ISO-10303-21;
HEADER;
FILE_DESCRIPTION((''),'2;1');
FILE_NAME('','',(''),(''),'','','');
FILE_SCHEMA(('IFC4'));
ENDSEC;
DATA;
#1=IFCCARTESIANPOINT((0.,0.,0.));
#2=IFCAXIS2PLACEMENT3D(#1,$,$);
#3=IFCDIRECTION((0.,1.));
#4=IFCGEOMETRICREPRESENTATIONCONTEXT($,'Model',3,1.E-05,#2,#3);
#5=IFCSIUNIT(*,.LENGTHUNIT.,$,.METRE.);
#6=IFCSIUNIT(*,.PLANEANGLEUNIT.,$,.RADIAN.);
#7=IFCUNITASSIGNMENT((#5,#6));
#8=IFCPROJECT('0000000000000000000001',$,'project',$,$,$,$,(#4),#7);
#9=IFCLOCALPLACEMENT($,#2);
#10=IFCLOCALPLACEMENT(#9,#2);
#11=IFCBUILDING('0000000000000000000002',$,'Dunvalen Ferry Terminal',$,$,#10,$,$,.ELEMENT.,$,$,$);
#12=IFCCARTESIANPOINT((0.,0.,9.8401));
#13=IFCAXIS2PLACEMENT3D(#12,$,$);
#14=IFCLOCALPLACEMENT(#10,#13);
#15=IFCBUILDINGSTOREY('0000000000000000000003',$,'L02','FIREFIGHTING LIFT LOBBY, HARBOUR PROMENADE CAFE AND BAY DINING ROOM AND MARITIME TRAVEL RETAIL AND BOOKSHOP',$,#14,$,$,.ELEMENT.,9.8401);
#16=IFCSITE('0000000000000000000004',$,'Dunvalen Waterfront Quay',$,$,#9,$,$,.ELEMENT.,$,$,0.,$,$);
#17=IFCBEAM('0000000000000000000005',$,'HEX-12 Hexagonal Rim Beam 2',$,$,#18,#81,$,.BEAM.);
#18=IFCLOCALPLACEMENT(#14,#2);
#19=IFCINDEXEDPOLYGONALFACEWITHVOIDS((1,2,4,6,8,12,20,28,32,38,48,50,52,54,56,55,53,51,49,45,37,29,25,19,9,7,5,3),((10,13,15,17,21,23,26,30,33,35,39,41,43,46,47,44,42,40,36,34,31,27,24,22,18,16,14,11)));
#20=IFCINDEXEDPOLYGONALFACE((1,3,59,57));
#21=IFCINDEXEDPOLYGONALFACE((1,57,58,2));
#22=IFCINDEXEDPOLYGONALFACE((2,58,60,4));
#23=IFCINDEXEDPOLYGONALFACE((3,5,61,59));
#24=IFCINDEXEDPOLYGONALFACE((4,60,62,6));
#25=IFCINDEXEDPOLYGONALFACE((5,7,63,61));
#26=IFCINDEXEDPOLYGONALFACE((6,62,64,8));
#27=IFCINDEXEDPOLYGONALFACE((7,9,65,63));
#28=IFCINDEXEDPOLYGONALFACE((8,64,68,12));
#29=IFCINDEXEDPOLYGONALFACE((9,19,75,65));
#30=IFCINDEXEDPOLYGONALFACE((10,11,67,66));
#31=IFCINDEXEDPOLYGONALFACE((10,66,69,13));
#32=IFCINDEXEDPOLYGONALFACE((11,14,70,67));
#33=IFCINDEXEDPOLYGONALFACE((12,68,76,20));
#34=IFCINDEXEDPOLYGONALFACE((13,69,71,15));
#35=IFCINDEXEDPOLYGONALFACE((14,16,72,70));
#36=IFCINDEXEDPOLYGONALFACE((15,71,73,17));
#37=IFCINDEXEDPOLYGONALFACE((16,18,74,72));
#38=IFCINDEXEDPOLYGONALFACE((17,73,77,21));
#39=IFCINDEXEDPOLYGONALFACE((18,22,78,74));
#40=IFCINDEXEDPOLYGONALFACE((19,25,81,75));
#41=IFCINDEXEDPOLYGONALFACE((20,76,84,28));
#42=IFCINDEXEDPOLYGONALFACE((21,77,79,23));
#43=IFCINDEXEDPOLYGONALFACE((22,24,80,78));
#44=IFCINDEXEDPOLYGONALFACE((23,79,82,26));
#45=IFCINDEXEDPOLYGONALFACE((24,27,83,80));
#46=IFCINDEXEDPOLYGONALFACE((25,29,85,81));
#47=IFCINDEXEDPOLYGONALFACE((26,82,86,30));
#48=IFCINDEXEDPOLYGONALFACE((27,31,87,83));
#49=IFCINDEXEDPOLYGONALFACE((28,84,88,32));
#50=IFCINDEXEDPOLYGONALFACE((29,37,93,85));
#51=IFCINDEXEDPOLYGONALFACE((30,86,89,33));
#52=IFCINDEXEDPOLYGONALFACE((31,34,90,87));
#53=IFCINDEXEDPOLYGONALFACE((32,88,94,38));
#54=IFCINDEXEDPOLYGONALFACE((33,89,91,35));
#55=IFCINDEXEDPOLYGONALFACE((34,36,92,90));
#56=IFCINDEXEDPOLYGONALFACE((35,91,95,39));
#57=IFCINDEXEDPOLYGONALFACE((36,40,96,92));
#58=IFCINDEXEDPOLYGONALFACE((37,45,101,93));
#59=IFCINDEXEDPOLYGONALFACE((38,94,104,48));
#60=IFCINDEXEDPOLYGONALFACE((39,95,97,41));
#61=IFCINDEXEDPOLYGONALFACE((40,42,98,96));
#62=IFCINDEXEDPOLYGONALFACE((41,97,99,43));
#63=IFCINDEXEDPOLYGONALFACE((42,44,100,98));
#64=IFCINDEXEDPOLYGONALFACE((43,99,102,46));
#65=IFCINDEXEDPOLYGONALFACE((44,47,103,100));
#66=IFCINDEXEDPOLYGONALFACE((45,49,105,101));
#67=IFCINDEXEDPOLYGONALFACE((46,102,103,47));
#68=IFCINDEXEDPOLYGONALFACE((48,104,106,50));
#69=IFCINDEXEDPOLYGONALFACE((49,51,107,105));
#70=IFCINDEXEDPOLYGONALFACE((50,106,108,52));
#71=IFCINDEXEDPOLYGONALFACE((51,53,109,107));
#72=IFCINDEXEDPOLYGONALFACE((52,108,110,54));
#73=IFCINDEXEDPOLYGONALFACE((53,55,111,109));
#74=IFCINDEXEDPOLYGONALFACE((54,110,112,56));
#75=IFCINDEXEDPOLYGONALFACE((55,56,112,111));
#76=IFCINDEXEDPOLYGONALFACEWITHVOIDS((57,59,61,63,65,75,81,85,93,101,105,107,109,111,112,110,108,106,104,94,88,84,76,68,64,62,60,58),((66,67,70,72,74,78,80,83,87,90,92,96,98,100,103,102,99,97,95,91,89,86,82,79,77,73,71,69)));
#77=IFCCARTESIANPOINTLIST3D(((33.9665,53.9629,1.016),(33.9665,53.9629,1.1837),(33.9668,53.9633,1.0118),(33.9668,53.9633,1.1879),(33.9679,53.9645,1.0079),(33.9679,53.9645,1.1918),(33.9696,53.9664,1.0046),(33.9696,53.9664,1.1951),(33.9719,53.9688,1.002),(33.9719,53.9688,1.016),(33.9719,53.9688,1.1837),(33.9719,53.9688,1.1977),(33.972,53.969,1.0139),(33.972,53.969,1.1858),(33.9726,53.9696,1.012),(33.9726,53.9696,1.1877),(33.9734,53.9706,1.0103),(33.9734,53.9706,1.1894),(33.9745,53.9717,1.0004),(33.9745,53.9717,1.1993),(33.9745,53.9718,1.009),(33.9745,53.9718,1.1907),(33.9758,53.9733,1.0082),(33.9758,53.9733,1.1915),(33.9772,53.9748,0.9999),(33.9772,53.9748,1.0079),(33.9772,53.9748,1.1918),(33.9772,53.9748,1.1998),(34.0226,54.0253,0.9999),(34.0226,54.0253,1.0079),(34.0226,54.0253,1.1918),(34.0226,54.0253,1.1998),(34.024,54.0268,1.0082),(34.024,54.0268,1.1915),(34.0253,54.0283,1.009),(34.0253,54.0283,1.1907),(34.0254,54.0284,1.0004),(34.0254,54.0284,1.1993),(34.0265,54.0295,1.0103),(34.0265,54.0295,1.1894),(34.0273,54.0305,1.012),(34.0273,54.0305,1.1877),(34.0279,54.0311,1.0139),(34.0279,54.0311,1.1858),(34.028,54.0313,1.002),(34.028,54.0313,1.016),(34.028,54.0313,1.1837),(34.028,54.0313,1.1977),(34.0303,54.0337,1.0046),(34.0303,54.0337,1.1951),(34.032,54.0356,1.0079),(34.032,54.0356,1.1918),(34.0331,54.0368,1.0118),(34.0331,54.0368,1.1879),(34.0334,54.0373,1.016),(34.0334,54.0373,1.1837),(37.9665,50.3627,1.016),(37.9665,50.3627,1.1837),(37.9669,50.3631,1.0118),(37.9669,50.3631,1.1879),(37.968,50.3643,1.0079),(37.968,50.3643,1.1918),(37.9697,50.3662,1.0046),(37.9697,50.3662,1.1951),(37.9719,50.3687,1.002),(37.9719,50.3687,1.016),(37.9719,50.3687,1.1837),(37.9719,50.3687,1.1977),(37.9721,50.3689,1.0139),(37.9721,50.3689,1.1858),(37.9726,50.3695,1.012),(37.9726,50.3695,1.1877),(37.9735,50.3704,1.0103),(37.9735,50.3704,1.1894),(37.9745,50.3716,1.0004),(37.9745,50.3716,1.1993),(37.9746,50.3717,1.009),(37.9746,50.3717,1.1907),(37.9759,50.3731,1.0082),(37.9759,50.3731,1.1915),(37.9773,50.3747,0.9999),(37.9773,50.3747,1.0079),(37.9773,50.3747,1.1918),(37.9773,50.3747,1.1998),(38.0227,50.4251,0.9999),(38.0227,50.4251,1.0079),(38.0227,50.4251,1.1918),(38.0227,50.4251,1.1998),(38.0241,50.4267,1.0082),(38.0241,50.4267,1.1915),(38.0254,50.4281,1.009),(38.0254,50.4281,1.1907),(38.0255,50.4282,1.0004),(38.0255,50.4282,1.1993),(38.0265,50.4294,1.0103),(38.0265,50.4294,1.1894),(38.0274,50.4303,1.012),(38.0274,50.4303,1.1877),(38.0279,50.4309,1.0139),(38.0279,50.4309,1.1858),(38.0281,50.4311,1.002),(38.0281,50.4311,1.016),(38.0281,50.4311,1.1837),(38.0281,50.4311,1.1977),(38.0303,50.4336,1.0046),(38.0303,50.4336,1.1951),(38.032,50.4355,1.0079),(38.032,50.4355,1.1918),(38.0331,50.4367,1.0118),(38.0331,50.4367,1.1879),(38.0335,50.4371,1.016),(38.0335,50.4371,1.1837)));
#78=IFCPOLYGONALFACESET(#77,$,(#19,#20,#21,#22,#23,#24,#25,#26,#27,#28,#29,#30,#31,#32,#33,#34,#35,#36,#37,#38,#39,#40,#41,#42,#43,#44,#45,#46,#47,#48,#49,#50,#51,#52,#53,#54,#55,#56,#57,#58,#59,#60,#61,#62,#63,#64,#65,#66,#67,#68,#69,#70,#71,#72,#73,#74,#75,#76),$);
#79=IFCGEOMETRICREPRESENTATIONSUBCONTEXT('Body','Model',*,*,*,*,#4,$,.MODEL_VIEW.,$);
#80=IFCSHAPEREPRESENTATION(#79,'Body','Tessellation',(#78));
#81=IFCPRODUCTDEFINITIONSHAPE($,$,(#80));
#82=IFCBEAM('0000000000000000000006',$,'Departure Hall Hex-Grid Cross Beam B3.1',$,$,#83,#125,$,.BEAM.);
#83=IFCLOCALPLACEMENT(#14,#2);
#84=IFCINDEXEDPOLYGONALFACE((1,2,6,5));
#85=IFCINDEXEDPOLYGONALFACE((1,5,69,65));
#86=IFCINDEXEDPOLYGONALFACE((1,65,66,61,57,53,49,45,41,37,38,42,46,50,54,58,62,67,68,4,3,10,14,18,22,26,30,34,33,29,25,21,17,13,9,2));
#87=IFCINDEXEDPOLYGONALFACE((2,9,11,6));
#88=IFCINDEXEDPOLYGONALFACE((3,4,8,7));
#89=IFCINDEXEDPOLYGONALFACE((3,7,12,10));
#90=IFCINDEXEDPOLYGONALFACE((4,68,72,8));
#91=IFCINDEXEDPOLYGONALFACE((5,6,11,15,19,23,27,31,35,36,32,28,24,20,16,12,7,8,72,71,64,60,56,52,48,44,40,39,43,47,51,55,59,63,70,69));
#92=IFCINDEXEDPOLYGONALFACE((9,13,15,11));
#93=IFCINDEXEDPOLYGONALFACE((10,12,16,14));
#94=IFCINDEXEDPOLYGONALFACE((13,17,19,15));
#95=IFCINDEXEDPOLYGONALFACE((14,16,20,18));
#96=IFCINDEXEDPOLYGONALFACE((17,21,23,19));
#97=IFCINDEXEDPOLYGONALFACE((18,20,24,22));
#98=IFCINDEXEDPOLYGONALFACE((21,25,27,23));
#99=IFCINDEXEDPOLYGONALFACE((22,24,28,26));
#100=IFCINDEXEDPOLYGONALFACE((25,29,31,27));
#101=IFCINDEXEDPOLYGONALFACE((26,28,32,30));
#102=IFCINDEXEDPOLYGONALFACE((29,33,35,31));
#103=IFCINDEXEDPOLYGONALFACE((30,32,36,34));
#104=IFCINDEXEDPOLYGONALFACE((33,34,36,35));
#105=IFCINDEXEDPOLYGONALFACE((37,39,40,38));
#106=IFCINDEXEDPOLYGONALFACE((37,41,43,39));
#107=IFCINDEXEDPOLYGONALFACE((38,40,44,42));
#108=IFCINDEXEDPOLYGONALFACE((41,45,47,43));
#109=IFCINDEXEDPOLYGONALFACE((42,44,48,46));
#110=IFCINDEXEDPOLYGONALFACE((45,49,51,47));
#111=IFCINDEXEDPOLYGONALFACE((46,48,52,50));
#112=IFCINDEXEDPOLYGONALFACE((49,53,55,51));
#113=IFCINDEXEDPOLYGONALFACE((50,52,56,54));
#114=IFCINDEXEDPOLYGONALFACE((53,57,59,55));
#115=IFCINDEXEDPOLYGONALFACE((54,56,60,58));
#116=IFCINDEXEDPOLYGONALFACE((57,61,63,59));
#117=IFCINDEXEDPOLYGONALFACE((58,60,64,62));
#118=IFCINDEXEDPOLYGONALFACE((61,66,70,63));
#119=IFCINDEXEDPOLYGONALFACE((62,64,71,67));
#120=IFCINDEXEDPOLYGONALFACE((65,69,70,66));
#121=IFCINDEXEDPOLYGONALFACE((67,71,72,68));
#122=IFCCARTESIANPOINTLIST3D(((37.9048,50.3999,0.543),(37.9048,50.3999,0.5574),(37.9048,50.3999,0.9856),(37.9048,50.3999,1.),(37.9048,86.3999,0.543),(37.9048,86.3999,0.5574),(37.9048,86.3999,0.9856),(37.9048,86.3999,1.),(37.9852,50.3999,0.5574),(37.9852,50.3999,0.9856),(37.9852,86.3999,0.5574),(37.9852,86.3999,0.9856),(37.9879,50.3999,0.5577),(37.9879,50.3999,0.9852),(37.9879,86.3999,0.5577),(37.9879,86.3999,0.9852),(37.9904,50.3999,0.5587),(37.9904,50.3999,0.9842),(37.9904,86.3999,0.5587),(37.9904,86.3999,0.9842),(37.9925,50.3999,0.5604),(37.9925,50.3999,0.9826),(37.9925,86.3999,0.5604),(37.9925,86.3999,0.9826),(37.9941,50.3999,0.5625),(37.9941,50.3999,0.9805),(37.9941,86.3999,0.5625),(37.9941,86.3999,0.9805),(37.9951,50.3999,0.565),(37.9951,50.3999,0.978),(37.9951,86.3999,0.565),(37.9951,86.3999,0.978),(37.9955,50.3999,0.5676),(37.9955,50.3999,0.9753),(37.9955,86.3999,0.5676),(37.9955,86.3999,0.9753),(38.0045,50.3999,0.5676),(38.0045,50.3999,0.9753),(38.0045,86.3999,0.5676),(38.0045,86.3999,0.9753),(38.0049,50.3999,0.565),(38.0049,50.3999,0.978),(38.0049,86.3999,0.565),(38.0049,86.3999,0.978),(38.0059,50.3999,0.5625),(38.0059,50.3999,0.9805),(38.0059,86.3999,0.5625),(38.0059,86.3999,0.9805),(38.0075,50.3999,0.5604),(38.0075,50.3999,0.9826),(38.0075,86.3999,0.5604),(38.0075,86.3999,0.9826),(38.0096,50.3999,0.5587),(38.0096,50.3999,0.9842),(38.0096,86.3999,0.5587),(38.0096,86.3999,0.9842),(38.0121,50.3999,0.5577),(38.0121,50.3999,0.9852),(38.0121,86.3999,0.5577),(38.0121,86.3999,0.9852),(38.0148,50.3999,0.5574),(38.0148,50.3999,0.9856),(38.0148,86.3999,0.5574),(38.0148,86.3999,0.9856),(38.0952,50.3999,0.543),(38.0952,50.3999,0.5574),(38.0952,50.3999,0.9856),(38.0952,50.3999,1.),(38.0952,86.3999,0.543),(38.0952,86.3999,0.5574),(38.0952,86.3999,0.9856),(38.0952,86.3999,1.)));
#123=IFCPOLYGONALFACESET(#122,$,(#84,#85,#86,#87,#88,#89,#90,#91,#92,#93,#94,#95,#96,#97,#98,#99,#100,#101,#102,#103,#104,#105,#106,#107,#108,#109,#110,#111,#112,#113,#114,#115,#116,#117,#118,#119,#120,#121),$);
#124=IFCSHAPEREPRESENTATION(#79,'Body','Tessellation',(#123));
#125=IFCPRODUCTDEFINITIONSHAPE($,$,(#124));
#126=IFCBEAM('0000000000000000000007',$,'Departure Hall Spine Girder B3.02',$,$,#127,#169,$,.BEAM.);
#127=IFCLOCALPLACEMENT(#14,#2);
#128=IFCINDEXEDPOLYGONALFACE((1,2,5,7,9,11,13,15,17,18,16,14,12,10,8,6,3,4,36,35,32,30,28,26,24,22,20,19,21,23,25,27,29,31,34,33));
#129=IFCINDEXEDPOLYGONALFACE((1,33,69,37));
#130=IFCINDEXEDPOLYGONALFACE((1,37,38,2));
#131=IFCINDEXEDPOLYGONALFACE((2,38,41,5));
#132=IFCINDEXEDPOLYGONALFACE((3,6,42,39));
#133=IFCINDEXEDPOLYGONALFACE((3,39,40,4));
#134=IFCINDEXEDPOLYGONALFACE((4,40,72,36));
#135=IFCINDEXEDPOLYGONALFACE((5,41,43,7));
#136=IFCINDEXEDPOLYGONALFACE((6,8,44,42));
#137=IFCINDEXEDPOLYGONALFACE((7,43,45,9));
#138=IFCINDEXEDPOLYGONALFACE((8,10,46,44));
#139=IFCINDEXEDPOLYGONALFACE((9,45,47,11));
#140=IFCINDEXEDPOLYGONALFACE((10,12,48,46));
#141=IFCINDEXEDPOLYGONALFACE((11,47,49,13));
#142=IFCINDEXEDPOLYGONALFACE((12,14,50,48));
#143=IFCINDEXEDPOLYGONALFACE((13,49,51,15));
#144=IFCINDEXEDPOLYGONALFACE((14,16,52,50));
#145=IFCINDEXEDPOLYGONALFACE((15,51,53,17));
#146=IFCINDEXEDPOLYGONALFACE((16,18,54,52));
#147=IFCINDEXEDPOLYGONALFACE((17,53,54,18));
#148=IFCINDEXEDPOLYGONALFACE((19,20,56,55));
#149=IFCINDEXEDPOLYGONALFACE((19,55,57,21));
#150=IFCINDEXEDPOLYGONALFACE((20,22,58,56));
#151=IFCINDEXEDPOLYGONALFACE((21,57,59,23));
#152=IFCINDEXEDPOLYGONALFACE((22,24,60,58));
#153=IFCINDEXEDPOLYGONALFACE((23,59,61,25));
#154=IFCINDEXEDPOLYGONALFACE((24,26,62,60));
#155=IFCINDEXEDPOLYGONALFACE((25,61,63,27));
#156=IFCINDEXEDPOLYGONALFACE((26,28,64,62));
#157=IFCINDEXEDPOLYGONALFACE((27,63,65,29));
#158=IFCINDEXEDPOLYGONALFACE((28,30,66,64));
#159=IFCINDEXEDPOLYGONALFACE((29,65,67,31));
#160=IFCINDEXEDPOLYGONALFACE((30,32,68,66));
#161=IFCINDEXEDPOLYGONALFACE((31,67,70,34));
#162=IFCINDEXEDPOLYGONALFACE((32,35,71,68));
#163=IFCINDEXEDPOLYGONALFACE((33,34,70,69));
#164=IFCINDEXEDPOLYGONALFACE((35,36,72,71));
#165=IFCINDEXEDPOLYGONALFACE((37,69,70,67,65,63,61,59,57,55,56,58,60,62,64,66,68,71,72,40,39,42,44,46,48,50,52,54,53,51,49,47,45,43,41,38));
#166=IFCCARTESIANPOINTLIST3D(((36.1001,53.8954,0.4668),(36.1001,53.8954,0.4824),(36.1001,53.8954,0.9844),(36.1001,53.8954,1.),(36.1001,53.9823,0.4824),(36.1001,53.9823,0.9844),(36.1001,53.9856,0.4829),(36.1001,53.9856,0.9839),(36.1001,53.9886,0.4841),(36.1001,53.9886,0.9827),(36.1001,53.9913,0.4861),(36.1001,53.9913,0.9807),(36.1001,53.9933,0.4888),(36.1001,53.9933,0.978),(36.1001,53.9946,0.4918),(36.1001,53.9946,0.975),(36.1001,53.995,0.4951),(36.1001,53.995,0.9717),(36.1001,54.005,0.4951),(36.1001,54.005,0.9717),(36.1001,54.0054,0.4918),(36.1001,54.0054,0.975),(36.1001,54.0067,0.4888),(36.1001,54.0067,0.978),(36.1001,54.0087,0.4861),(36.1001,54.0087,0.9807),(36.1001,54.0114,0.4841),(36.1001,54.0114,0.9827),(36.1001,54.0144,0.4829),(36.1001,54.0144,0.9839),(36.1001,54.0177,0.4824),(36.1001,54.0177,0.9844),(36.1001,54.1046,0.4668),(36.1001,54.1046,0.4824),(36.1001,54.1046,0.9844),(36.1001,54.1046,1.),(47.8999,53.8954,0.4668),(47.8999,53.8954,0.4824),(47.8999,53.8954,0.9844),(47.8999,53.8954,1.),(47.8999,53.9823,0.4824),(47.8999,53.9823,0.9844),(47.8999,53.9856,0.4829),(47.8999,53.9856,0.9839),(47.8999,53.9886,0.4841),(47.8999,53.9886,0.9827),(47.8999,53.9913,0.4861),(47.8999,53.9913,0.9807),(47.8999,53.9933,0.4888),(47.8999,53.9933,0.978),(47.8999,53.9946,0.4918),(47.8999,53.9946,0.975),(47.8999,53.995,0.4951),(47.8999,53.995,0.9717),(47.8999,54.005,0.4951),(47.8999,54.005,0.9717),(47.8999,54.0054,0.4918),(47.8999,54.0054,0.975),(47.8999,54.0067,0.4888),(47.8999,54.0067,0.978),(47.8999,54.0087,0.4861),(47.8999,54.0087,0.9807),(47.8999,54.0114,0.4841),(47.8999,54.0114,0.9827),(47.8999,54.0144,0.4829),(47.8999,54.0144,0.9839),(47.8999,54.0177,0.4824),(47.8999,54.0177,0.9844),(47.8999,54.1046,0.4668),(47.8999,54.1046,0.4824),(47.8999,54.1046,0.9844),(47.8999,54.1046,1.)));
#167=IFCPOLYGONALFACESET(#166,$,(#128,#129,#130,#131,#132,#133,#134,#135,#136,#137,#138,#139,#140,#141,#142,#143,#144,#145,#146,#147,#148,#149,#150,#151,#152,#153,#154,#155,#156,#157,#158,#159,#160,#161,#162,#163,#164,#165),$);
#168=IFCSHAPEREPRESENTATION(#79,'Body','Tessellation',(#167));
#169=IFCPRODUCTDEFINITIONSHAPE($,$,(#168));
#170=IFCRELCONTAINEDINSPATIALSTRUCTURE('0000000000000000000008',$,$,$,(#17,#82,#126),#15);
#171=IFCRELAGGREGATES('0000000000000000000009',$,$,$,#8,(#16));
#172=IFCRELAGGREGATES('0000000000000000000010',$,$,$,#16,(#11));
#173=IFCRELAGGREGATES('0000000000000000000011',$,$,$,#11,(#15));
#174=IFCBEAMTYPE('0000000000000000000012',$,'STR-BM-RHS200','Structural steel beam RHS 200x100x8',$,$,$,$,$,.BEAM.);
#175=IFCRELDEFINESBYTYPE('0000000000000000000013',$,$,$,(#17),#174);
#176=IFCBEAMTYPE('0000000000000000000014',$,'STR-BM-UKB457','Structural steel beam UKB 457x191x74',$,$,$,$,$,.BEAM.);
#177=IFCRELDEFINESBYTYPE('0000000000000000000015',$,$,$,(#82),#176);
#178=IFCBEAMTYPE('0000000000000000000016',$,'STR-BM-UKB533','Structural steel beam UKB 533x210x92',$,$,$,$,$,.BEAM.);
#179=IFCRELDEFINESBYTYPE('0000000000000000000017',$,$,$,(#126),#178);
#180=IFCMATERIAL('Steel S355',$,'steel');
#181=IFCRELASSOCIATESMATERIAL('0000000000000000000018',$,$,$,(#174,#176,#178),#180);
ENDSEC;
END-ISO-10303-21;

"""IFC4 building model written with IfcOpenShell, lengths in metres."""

from ifc_helpers import new_model, si_unit, direction, frame, origin, origin_2d, place, context, subcontext, project, spatial, hollow_rectangle, i_section, extrude, material, material_profile, profile_set, type_object, element, save


model = new_model("IFC4")

# Units and contexts
model_context = context("Model", 3, precision=1e-05, world=origin(), true_north=direction((0.0, 1.0)))
body_context = subcontext(model_context, "Body", "Model", "MODEL_VIEW")
ifc_project = project(units=[si_unit("LENGTHUNIT", "METRE"), si_unit("PLANEANGLEUNIT", "RADIAN")], contexts=[model_context])

# Site, building, storey
site_placement = place(None, origin())
site = spatial("IfcSite", under=ifc_project, at=site_placement, Name="Dunvalen Waterfront Quay", CompositionType="ELEMENT", RefElevation=0.0)
building_placement = place(site_placement, origin())
building = spatial("IfcBuilding", under=site, at=building_placement, Name="Dunvalen Ferry Terminal", CompositionType="ELEMENT")
storey_placement = place(building_placement, frame((0.0, 0.0, 9.8401)))
storey = spatial("IfcBuildingStorey", under=building, at=storey_placement, Name="L02", Description="FIREFIGHTING LIFT LOBBY, HARBOUR PROMENADE CAFE AND BAY DINING ROOM AND MARITIME TRAVEL RETAIL AND BOOKSHOP", CompositionType="ELEMENT", Elevation=9.8401)

# Beams
ifc_material_1 = material(Name="Steel S355", Category="steel")
ifc_material_profile_1 = material_profile(ifc_material_1, hollow_rectangle(XDim=0.1001, YDim=0.2, WallThickness=0.0081, InnerFilletRadius=0.0081, OuterFilletRadius=0.0161, at=origin_2d()), Name="Steel S355")
ifc_profile_set_1 = profile_set([ifc_material_profile_1], Name="Steel S355")
beam_type_1 = type_object("IfcBeamType", Name="STR-BM-RHS200", Description="Structural steel beam RHS 200x100x8", PredefinedType="BEAM", material=ifc_profile_set_1)
beam_1_placement = place(storey_placement, frame((38.0, 50.3999, 1.0999), z_axis=(-0.743285, 0.668975, 0.0), x_axis=(-0.668975, -0.743285, 0.0)))
element("IfcBeam", 1, at=beam_1_placement, inside=storey, type_object=beam_type_1, Name="HEX-12 Hexagonal Rim Beam 2", PredefinedType="BEAM", context=body_context, shape_type="SweptSolid", body=[
    extrude(hollow_rectangle(XDim=0.1001, YDim=0.2, WallThickness=0.0081, InnerFilletRadius=0.0081, OuterFilletRadius=0.0161, at=origin_2d()), origin(), (0.0, 0.0, 1.0), 5.3816),
])
ifc_material_profile_2 = material_profile(ifc_material_1, i_section(OverallWidth=0.1904, OverallDepth=0.457, WebThickness=0.009, FlangeThickness=0.0144, FilletRadius=0.0103, at=origin_2d()), Name="Steel S355")
ifc_profile_set_2 = profile_set([ifc_material_profile_2], Name="Steel S355")
beam_type_2 = type_object("IfcBeamType", Name="STR-BM-UKB457", Description="Structural steel beam UKB 457x191x74", PredefinedType="BEAM", material=ifc_profile_set_2)
beam_2_placement = place(storey_placement, frame((38.0, 50.3999, 0.7715), z_axis=(0.0, 1.0, 0.0), x_axis=(-1.0, 0.0, 0.0)))
element("IfcBeam", 2, at=beam_2_placement, inside=storey, type_object=beam_type_2, Name="Departure Hall Hex-Grid Cross Beam B3.1", PredefinedType="BEAM", context=body_context, shape_type="SweptSolid", body=[
    extrude(i_section(OverallWidth=0.1904, OverallDepth=0.457, WebThickness=0.009, FlangeThickness=0.0144, FilletRadius=0.0103, at=origin_2d()), origin(), (0.0, 0.0, 1.0), 36.0),
])
ifc_material_profile_3 = material_profile(ifc_material_1, i_section(OverallWidth=0.2092, OverallDepth=0.5332, WebThickness=0.01, FlangeThickness=0.0156, FilletRadius=0.0127, at=origin_2d()), Name="Steel S355")
ifc_profile_set_3 = profile_set([ifc_material_profile_3], Name="Steel S355")
beam_type_3 = type_object("IfcBeamType", Name="STR-BM-UKB533", Description="Structural steel beam UKB 533x210x92", PredefinedType="BEAM", material=ifc_profile_set_3)
beam_3_placement = place(storey_placement, frame((36.1001, 54.0, 0.7334), z_axis=(1.0, 0.0, 0.0), x_axis=(0.0, 1.0, 0.0)))
element("IfcBeam", 3, at=beam_3_placement, inside=storey, type_object=beam_type_3, Name="Departure Hall Spine Girder B3.02", PredefinedType="BEAM", context=body_context, shape_type="SweptSolid", body=[
    extrude(i_section(OverallWidth=0.2092, OverallDepth=0.5332, WebThickness=0.01, FlangeThickness=0.0156, FilletRadius=0.0127, at=origin_2d()), origin(), (0.0, 0.0, 1.0), 11.7998),
])

save(model, "model.ifc")
